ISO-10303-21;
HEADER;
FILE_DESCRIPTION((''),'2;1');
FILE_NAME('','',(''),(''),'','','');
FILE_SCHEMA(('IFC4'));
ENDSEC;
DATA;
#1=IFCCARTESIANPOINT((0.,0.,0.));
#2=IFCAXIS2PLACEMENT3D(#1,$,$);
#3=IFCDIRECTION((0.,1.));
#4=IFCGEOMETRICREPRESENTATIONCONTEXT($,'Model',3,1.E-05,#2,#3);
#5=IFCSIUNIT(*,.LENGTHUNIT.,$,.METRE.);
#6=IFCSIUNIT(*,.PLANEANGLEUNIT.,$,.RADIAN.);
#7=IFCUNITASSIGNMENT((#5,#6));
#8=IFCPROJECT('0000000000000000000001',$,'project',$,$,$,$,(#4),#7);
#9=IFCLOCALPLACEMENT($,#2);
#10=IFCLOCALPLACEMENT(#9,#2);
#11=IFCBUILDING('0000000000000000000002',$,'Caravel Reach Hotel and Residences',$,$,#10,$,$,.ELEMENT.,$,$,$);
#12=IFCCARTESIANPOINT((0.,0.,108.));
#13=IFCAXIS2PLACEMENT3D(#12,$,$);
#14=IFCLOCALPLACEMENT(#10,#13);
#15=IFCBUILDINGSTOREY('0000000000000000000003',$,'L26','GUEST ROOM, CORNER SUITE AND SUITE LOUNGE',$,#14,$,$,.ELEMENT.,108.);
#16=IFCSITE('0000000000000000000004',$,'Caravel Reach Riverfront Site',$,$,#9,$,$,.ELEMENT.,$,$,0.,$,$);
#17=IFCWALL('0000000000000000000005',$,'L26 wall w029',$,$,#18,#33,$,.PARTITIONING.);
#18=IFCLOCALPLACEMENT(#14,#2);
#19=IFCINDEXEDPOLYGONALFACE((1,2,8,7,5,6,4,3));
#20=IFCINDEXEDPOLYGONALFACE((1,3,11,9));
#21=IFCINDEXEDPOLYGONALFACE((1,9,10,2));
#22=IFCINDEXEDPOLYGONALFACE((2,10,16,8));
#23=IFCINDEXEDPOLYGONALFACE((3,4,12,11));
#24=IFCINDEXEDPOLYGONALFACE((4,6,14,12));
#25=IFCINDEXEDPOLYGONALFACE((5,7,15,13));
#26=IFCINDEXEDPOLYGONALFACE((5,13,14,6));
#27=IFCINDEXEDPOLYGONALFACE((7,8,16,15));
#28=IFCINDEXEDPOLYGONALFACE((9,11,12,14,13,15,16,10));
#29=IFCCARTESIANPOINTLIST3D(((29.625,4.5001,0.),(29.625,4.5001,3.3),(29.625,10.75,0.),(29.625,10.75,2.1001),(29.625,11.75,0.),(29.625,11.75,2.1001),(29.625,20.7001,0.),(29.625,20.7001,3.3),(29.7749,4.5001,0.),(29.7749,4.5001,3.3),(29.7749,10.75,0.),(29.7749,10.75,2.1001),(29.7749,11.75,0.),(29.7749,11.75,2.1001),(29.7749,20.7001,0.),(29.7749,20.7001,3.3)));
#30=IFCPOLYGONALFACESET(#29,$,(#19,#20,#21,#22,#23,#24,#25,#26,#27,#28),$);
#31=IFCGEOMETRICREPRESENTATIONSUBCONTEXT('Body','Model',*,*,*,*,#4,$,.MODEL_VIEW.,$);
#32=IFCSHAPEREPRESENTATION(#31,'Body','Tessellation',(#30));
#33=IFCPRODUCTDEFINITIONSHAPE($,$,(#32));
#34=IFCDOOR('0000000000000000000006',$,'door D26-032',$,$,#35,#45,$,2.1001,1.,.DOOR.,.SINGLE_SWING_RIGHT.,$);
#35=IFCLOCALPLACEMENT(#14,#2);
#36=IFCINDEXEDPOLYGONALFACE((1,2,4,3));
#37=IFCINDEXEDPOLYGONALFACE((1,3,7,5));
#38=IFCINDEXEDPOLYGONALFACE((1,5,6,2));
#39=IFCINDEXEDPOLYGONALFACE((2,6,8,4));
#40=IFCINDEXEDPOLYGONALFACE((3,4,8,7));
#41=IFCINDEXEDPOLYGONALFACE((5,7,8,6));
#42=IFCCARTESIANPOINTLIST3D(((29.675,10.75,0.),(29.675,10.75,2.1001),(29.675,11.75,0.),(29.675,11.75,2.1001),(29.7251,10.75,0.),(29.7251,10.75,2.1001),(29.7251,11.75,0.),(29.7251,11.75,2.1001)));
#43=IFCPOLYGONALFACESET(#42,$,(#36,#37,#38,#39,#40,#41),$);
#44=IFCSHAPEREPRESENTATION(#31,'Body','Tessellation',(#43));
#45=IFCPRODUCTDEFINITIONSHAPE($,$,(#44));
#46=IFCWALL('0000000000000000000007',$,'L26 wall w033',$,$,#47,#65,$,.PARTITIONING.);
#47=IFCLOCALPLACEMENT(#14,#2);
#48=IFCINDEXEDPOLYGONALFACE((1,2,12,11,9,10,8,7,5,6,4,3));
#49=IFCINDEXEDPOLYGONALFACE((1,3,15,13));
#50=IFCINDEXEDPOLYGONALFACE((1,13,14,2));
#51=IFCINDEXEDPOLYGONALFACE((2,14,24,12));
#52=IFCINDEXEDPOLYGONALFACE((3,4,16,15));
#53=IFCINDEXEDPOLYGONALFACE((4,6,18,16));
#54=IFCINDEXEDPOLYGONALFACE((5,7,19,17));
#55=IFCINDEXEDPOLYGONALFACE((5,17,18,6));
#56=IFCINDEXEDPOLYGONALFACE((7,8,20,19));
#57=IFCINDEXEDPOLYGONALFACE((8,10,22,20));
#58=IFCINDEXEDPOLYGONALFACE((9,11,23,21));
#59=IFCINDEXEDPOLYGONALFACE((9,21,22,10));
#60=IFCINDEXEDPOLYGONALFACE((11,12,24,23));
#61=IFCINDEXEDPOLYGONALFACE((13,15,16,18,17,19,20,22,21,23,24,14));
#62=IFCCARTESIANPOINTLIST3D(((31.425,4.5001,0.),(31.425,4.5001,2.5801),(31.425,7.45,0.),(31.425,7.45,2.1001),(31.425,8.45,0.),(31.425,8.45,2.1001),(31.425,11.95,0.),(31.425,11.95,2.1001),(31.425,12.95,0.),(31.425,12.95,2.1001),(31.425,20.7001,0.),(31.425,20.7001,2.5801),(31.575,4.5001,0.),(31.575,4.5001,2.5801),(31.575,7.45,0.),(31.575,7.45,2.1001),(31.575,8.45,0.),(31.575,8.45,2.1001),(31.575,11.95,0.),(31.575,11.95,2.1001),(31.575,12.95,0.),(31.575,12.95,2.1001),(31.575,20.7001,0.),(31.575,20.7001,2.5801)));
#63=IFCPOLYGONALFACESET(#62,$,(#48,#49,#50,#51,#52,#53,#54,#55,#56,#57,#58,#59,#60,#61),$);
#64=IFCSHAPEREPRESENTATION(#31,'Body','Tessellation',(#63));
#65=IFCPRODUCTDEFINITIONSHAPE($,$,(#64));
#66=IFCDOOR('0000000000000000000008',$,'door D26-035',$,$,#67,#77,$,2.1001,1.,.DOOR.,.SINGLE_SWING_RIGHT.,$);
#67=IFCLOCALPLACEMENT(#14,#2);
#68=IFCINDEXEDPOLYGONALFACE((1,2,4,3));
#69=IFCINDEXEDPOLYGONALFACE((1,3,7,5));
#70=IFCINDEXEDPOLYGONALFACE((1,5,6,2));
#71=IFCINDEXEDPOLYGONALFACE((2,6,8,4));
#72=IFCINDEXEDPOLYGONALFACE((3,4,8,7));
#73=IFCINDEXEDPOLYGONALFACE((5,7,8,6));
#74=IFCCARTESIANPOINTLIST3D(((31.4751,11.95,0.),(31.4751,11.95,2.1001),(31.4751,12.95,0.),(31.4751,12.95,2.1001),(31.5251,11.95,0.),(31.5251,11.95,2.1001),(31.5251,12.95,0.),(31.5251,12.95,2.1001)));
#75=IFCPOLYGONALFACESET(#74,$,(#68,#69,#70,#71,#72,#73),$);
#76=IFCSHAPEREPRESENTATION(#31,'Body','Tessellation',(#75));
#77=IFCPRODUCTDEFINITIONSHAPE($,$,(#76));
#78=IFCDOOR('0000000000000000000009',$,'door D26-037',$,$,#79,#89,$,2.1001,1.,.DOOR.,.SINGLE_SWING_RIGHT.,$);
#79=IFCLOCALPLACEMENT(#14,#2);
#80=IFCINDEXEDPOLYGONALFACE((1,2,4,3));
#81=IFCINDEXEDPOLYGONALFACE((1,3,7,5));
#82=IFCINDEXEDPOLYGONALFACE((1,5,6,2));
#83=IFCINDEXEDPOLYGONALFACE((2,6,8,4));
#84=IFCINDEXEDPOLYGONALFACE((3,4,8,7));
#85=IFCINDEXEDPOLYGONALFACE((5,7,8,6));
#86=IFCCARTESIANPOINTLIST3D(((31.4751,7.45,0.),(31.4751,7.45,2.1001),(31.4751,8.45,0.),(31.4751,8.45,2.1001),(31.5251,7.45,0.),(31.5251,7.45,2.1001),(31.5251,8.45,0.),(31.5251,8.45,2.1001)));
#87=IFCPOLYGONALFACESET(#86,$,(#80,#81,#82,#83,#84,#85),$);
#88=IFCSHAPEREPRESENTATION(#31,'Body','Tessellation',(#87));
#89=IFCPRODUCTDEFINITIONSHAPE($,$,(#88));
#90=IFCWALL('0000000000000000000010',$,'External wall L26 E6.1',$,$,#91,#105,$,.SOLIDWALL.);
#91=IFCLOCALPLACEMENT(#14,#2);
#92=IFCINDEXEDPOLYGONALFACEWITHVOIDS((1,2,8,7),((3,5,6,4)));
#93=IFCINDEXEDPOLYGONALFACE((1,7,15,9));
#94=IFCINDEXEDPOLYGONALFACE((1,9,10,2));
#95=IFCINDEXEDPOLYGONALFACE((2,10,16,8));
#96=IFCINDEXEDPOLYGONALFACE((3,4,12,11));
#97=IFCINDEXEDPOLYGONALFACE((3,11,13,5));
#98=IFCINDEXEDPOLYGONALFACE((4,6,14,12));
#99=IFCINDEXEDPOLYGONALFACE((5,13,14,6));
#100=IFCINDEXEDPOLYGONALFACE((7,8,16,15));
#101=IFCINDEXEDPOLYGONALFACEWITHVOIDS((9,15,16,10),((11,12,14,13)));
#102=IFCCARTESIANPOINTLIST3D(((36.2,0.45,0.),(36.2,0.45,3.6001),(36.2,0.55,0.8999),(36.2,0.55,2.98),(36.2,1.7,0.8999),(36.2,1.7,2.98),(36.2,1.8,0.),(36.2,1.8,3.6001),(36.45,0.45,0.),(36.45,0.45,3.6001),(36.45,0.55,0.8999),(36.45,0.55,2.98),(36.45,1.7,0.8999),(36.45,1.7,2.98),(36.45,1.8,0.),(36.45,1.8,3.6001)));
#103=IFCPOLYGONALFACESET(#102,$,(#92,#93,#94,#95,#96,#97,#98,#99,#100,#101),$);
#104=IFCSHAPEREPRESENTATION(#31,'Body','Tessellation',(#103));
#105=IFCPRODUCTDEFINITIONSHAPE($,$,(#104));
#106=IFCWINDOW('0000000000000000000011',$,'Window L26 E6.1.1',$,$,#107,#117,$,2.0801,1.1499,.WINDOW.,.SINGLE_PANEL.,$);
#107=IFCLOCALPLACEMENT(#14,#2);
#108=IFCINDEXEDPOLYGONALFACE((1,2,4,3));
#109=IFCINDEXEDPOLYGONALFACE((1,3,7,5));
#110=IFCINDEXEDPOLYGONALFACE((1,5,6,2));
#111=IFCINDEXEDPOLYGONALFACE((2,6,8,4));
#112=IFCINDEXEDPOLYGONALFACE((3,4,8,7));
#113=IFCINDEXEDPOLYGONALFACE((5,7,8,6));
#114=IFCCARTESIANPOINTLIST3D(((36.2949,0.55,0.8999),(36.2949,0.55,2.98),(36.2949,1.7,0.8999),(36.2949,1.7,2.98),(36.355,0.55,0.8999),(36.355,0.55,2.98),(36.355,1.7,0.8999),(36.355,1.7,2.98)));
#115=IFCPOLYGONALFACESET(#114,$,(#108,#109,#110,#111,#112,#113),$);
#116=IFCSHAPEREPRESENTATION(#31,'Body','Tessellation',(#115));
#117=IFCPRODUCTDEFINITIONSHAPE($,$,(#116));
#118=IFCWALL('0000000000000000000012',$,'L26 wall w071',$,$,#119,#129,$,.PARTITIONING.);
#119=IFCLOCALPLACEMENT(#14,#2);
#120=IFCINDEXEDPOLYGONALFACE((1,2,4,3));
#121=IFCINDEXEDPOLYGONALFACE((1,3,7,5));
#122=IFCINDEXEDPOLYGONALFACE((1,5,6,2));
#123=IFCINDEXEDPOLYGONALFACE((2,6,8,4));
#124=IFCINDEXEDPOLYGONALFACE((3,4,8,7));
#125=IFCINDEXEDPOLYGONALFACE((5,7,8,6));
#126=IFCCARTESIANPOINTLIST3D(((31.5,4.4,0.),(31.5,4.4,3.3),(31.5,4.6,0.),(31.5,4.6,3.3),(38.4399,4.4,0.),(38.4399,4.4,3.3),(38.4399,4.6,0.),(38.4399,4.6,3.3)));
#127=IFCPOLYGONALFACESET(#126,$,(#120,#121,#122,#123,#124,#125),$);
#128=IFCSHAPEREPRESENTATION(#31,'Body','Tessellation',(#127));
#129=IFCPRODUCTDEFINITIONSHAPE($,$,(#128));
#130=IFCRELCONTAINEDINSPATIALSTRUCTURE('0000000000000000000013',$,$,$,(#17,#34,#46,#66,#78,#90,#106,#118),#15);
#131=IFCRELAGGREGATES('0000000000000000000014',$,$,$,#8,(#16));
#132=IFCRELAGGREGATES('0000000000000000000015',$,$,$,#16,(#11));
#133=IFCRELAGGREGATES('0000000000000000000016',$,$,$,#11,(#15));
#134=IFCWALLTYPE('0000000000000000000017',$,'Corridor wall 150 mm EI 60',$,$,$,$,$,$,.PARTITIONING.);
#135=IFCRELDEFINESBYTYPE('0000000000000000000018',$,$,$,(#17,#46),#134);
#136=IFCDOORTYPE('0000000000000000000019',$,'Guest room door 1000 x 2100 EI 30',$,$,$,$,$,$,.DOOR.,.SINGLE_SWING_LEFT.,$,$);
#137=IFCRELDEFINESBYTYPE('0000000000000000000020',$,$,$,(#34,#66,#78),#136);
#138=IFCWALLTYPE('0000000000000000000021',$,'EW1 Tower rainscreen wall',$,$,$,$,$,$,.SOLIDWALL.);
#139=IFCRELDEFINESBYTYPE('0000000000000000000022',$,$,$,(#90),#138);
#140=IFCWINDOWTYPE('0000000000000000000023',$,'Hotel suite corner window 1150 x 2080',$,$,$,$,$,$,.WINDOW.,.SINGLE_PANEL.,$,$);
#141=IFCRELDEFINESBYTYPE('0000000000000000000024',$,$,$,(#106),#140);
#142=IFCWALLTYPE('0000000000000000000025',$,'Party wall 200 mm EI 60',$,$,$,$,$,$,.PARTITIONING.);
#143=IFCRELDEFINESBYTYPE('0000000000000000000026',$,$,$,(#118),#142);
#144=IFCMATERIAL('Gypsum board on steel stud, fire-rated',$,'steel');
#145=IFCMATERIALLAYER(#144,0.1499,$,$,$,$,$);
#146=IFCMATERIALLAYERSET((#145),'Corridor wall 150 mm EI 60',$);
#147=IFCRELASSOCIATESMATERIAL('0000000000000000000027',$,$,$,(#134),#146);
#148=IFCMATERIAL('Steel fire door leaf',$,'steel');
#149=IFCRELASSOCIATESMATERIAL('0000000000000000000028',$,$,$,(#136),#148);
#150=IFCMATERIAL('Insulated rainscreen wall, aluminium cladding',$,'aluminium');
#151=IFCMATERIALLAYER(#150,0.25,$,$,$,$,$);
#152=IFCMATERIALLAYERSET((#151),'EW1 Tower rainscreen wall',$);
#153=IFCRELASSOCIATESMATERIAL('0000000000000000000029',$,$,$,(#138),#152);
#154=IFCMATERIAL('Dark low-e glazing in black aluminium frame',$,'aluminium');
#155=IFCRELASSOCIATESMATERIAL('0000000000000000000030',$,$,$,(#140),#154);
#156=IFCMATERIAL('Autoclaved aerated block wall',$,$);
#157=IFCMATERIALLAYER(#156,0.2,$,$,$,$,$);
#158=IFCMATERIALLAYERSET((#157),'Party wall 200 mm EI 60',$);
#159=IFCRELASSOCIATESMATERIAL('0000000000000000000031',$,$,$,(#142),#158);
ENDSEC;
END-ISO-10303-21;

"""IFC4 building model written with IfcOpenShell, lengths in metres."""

from ifc_helpers import new_model, si_unit, direction, frame, frame_2d, origin, place, context, subcontext, project, spatial, rectangle, extrude, material, layer, layer_set, type_object, element, fill, save


model = new_model("IFC4")

# Units and contexts
model_context = context("Model", 3, precision=1e-05, world=origin(), true_north=direction((0.0, 1.0)))
body_context = subcontext(model_context, "Body", "Model", "MODEL_VIEW")
ifc_project = project(units=[si_unit("LENGTHUNIT", "METRE"), si_unit("PLANEANGLEUNIT", "RADIAN")], contexts=[model_context])

# Site, building, storey
site_placement = place(None, origin())
site = spatial("IfcSite", under=ifc_project, at=site_placement, Name="Caravel Reach Riverfront Site", CompositionType="ELEMENT", RefElevation=0.0)
building_placement = place(site_placement, origin())
building = spatial("IfcBuilding", under=site, at=building_placement, Name="Caravel Reach Hotel and Residences", CompositionType="ELEMENT")
storey_placement = place(building_placement, frame((0.0, 0.0, 108.0)))
storey = spatial("IfcBuildingStorey", under=building, at=storey_placement, Name="L26", Description="GUEST ROOM, CORNER SUITE AND SUITE LOUNGE", CompositionType="ELEMENT", Elevation=108.0)

# Wall, opening, door
ifc_material_1 = material(Name="Gypsum board on steel stud, fire-rated", Category="steel")
ifc_layer_1 = layer(ifc_material_1, 0.1499)
ifc_layer_set_1 = layer_set([ifc_layer_1], Name="Corridor wall 150 mm EI 60")
wall_type_1 = type_object("IfcWallType", Name="Corridor wall 150 mm EI 60", PredefinedType="PARTITIONING", material=ifc_layer_set_1)
ifc_material_2 = material(Name="Steel fire door leaf", Category="steel")
door_type_1 = type_object("IfcDoorType", Name="Guest room door 1000 x 2100 EI 30", OperationType="SINGLE_SWING_LEFT", PredefinedType="DOOR", material=ifc_material_2)
wall_1_placement = place(storey_placement, frame((29.7, 4.5, 0.0), z_axis=(0.0, 0.0, 1.0), x_axis=(0.0, 1.0, 0.0)))
wall_1 = element("IfcWall", 1, at=wall_1_placement, inside=storey, type_object=wall_type_1, Name="L26 wall w029", PredefinedType="PARTITIONING", context=body_context, shape_type="SweptSolid", body=[
    extrude(rectangle(XDim=16.2, YDim=0.1499, at=frame_2d((8.1001, 0.0))), origin(), (0.0, 0.0, 1.0), 3.3),
])
opening_1_placement = place(wall_1_placement, frame((6.25, 0.0, 0.0)))
opening_1 = element("IfcOpeningElement", 2, at=opening_1_placement, cuts=wall_1, PredefinedType="OPENING", context=body_context, shape_type="SweptSolid", body=[
    extrude(rectangle(XDim=1.0, YDim=2.1001, at=frame_2d((0.5, 1.05))), frame((0.0, 0.085, 0.0), z_axis=(0.0, -1.0, 0.0), x_axis=(1.0, 0.0, 0.0)), (0.0, 0.0, 1.0), 0.1699),
])
door_1_placement = place(opening_1_placement, origin())
door_1 = element("IfcDoor", 3, at=door_1_placement, inside=storey, type_object=door_type_1, Name="door D26-032", OperationType="SINGLE_SWING_RIGHT", OverallHeight=2.1001, OverallWidth=1.0, PredefinedType="DOOR", context=body_context, shape_type="SweptSolid", body=[
    extrude(rectangle(XDim=1.0, YDim=2.1001, at=frame_2d((0.5, 1.05))), frame((0.0, 0.0249, 0.0), z_axis=(0.0, -1.0, 0.0), x_axis=(1.0, 0.0, 0.0)), (0.0, 0.0, 1.0), 0.05),
])
fill(opening_1, door_1)

# Wall, openings, doors
wall_2_placement = place(storey_placement, frame((31.5, 4.5, 0.0), z_axis=(0.0, 0.0, 1.0), x_axis=(0.0, 1.0, 0.0)))
wall_2 = element("IfcWall", 4, at=wall_2_placement, inside=storey, type_object=wall_type_1, Name="L26 wall w033", PredefinedType="PARTITIONING", context=body_context, shape_type="SweptSolid", body=[
    extrude(rectangle(XDim=16.2, YDim=0.1499, at=frame_2d((8.1001, 0.0))), origin(), (0.0, 0.0, 1.0), 2.5801),
])
opening_2_placement = place(wall_2_placement, frame((7.45, 0.0, 0.0)))
opening_2 = element("IfcOpeningElement", 5, at=opening_2_placement, cuts=wall_2, PredefinedType="OPENING", context=body_context, shape_type="SweptSolid", body=[
    extrude(rectangle(XDim=1.0, YDim=2.1001, at=frame_2d((0.5, 1.05))), frame((0.0, 0.085, 0.0), z_axis=(0.0, -1.0, 0.0), x_axis=(1.0, 0.0, 0.0)), (0.0, 0.0, 1.0), 0.1699),
])
opening_3_placement = place(wall_2_placement, frame((2.95, 0.0, 0.0)))
opening_3 = element("IfcOpeningElement", 6, at=opening_3_placement, cuts=wall_2, PredefinedType="OPENING", context=body_context, shape_type="SweptSolid", body=[
    extrude(rectangle(XDim=1.0, YDim=2.1001, at=frame_2d((0.5, 1.05))), frame((0.0, 0.085, 0.0), z_axis=(0.0, -1.0, 0.0), x_axis=(1.0, 0.0, 0.0)), (0.0, 0.0, 1.0), 0.1699),
])
door_2_placement = place(opening_2_placement, origin())
door_2 = element("IfcDoor", 7, at=door_2_placement, inside=storey, type_object=door_type_1, Name="door D26-035", OperationType="SINGLE_SWING_RIGHT", OverallHeight=2.1001, OverallWidth=1.0, PredefinedType="DOOR", context=body_context, shape_type="SweptSolid", body=[
    extrude(rectangle(XDim=1.0, YDim=2.1001, at=frame_2d((0.5, 1.05))), frame((0.0, 0.0249, 0.0), z_axis=(0.0, -1.0, 0.0), x_axis=(1.0, 0.0, 0.0)), (0.0, 0.0, 1.0), 0.05),
])
fill(opening_2, door_2)
door_3_placement = place(opening_3_placement, origin())
door_3 = element("IfcDoor", 8, at=door_3_placement, inside=storey, type_object=door_type_1, Name="door D26-037", OperationType="SINGLE_SWING_RIGHT", OverallHeight=2.1001, OverallWidth=1.0, PredefinedType="DOOR", context=body_context, shape_type="SweptSolid", body=[
    extrude(rectangle(XDim=1.0, YDim=2.1001, at=frame_2d((0.5, 1.05))), frame((0.0, 0.0249, 0.0), z_axis=(0.0, -1.0, 0.0), x_axis=(1.0, 0.0, 0.0)), (0.0, 0.0, 1.0), 0.05),
])
fill(opening_3, door_3)

# Wall, opening, window
ifc_material_3 = material(Name="Insulated rainscreen wall, aluminium cladding", Category="aluminium")
ifc_layer_2 = layer(ifc_material_3, 0.25)
ifc_layer_set_2 = layer_set([ifc_layer_2], Name="EW1 Tower rainscreen wall")
wall_type_2 = type_object("IfcWallType", Name="EW1 Tower rainscreen wall", PredefinedType="SOLIDWALL", material=ifc_layer_set_2)
wall_3_placement = place(storey_placement, frame((36.325, 0.45, 0.0), z_axis=(0.0, 0.0, 1.0), x_axis=(0.0, 1.0, 0.0)))
wall_3 = element("IfcWall", 9, at=wall_3_placement, inside=storey, type_object=wall_type_2, Name="External wall L26 E6.1", PredefinedType="SOLIDWALL", context=body_context, shape_type="SweptSolid", body=[
    extrude(rectangle(XDim=1.3501, YDim=0.25, at=frame_2d((0.675, 0.0))), origin(), (0.0, 0.0, 1.0), 3.6001),
])
opening_4_placement = place(wall_3_placement, frame((0.1001, 0.0, 0.8999)))
opening_4 = element("IfcOpeningElement", 10, at=opening_4_placement, cuts=wall_3, PredefinedType="OPENING", context=body_context, shape_type="SweptSolid", body=[
    extrude(rectangle(XDim=1.1499, YDim=2.0801, at=frame_2d((0.575, 1.04))), frame((0.0, 0.135, 0.0), z_axis=(0.0, -1.0, 0.0), x_axis=(1.0, 0.0, 0.0)), (0.0, 0.0, 1.0), 0.27),
])
ifc_material_4 = material(Name="Dark low-e glazing in black aluminium frame", Category="aluminium")
window_type = type_object("IfcWindowType", Name="Hotel suite corner window 1150 x 2080", PartitioningType="SINGLE_PANEL", PredefinedType="WINDOW", material=ifc_material_4)
window_placement = place(opening_4_placement, origin())
window = element("IfcWindow", 11, at=window_placement, inside=storey, type_object=window_type, Name="Window L26 E6.1.1", OverallHeight=2.0801, OverallWidth=1.1499, PartitioningType="SINGLE_PANEL", PredefinedType="WINDOW", context=body_context, shape_type="SweptSolid", body=[
    extrude(rectangle(XDim=1.1499, YDim=2.0801, at=frame_2d((0.575, 1.04))), frame((0.0, 0.03, 0.0), z_axis=(0.0, -1.0, 0.0), x_axis=(1.0, 0.0, 0.0)), (0.0, 0.0, 1.0), 0.0601),
])
fill(opening_4, window)

# Wall
ifc_material_5 = material(Name="Autoclaved aerated block wall")
ifc_layer_3 = layer(ifc_material_5, 0.2)
ifc_layer_set_3 = layer_set([ifc_layer_3], Name="Party wall 200 mm EI 60")
wall_type_3 = type_object("IfcWallType", Name="Party wall 200 mm EI 60", PredefinedType="PARTITIONING", material=ifc_layer_set_3)
wall_4_placement = place(storey_placement, frame((31.5, 4.5, 0.0), z_axis=(0.0, 0.0, 1.0), x_axis=(1.0, 0.0, 0.0)))
element("IfcWall", 12, at=wall_4_placement, inside=storey, type_object=wall_type_3, Name="L26 wall w071", PredefinedType="PARTITIONING", context=body_context, shape_type="SweptSolid", body=[
    extrude(rectangle(XDim=6.9399, YDim=0.2, at=frame_2d((3.47, 0.0))), origin(), (0.0, 0.0, 1.0), 3.3),
])

save(model, "model.ifc")
